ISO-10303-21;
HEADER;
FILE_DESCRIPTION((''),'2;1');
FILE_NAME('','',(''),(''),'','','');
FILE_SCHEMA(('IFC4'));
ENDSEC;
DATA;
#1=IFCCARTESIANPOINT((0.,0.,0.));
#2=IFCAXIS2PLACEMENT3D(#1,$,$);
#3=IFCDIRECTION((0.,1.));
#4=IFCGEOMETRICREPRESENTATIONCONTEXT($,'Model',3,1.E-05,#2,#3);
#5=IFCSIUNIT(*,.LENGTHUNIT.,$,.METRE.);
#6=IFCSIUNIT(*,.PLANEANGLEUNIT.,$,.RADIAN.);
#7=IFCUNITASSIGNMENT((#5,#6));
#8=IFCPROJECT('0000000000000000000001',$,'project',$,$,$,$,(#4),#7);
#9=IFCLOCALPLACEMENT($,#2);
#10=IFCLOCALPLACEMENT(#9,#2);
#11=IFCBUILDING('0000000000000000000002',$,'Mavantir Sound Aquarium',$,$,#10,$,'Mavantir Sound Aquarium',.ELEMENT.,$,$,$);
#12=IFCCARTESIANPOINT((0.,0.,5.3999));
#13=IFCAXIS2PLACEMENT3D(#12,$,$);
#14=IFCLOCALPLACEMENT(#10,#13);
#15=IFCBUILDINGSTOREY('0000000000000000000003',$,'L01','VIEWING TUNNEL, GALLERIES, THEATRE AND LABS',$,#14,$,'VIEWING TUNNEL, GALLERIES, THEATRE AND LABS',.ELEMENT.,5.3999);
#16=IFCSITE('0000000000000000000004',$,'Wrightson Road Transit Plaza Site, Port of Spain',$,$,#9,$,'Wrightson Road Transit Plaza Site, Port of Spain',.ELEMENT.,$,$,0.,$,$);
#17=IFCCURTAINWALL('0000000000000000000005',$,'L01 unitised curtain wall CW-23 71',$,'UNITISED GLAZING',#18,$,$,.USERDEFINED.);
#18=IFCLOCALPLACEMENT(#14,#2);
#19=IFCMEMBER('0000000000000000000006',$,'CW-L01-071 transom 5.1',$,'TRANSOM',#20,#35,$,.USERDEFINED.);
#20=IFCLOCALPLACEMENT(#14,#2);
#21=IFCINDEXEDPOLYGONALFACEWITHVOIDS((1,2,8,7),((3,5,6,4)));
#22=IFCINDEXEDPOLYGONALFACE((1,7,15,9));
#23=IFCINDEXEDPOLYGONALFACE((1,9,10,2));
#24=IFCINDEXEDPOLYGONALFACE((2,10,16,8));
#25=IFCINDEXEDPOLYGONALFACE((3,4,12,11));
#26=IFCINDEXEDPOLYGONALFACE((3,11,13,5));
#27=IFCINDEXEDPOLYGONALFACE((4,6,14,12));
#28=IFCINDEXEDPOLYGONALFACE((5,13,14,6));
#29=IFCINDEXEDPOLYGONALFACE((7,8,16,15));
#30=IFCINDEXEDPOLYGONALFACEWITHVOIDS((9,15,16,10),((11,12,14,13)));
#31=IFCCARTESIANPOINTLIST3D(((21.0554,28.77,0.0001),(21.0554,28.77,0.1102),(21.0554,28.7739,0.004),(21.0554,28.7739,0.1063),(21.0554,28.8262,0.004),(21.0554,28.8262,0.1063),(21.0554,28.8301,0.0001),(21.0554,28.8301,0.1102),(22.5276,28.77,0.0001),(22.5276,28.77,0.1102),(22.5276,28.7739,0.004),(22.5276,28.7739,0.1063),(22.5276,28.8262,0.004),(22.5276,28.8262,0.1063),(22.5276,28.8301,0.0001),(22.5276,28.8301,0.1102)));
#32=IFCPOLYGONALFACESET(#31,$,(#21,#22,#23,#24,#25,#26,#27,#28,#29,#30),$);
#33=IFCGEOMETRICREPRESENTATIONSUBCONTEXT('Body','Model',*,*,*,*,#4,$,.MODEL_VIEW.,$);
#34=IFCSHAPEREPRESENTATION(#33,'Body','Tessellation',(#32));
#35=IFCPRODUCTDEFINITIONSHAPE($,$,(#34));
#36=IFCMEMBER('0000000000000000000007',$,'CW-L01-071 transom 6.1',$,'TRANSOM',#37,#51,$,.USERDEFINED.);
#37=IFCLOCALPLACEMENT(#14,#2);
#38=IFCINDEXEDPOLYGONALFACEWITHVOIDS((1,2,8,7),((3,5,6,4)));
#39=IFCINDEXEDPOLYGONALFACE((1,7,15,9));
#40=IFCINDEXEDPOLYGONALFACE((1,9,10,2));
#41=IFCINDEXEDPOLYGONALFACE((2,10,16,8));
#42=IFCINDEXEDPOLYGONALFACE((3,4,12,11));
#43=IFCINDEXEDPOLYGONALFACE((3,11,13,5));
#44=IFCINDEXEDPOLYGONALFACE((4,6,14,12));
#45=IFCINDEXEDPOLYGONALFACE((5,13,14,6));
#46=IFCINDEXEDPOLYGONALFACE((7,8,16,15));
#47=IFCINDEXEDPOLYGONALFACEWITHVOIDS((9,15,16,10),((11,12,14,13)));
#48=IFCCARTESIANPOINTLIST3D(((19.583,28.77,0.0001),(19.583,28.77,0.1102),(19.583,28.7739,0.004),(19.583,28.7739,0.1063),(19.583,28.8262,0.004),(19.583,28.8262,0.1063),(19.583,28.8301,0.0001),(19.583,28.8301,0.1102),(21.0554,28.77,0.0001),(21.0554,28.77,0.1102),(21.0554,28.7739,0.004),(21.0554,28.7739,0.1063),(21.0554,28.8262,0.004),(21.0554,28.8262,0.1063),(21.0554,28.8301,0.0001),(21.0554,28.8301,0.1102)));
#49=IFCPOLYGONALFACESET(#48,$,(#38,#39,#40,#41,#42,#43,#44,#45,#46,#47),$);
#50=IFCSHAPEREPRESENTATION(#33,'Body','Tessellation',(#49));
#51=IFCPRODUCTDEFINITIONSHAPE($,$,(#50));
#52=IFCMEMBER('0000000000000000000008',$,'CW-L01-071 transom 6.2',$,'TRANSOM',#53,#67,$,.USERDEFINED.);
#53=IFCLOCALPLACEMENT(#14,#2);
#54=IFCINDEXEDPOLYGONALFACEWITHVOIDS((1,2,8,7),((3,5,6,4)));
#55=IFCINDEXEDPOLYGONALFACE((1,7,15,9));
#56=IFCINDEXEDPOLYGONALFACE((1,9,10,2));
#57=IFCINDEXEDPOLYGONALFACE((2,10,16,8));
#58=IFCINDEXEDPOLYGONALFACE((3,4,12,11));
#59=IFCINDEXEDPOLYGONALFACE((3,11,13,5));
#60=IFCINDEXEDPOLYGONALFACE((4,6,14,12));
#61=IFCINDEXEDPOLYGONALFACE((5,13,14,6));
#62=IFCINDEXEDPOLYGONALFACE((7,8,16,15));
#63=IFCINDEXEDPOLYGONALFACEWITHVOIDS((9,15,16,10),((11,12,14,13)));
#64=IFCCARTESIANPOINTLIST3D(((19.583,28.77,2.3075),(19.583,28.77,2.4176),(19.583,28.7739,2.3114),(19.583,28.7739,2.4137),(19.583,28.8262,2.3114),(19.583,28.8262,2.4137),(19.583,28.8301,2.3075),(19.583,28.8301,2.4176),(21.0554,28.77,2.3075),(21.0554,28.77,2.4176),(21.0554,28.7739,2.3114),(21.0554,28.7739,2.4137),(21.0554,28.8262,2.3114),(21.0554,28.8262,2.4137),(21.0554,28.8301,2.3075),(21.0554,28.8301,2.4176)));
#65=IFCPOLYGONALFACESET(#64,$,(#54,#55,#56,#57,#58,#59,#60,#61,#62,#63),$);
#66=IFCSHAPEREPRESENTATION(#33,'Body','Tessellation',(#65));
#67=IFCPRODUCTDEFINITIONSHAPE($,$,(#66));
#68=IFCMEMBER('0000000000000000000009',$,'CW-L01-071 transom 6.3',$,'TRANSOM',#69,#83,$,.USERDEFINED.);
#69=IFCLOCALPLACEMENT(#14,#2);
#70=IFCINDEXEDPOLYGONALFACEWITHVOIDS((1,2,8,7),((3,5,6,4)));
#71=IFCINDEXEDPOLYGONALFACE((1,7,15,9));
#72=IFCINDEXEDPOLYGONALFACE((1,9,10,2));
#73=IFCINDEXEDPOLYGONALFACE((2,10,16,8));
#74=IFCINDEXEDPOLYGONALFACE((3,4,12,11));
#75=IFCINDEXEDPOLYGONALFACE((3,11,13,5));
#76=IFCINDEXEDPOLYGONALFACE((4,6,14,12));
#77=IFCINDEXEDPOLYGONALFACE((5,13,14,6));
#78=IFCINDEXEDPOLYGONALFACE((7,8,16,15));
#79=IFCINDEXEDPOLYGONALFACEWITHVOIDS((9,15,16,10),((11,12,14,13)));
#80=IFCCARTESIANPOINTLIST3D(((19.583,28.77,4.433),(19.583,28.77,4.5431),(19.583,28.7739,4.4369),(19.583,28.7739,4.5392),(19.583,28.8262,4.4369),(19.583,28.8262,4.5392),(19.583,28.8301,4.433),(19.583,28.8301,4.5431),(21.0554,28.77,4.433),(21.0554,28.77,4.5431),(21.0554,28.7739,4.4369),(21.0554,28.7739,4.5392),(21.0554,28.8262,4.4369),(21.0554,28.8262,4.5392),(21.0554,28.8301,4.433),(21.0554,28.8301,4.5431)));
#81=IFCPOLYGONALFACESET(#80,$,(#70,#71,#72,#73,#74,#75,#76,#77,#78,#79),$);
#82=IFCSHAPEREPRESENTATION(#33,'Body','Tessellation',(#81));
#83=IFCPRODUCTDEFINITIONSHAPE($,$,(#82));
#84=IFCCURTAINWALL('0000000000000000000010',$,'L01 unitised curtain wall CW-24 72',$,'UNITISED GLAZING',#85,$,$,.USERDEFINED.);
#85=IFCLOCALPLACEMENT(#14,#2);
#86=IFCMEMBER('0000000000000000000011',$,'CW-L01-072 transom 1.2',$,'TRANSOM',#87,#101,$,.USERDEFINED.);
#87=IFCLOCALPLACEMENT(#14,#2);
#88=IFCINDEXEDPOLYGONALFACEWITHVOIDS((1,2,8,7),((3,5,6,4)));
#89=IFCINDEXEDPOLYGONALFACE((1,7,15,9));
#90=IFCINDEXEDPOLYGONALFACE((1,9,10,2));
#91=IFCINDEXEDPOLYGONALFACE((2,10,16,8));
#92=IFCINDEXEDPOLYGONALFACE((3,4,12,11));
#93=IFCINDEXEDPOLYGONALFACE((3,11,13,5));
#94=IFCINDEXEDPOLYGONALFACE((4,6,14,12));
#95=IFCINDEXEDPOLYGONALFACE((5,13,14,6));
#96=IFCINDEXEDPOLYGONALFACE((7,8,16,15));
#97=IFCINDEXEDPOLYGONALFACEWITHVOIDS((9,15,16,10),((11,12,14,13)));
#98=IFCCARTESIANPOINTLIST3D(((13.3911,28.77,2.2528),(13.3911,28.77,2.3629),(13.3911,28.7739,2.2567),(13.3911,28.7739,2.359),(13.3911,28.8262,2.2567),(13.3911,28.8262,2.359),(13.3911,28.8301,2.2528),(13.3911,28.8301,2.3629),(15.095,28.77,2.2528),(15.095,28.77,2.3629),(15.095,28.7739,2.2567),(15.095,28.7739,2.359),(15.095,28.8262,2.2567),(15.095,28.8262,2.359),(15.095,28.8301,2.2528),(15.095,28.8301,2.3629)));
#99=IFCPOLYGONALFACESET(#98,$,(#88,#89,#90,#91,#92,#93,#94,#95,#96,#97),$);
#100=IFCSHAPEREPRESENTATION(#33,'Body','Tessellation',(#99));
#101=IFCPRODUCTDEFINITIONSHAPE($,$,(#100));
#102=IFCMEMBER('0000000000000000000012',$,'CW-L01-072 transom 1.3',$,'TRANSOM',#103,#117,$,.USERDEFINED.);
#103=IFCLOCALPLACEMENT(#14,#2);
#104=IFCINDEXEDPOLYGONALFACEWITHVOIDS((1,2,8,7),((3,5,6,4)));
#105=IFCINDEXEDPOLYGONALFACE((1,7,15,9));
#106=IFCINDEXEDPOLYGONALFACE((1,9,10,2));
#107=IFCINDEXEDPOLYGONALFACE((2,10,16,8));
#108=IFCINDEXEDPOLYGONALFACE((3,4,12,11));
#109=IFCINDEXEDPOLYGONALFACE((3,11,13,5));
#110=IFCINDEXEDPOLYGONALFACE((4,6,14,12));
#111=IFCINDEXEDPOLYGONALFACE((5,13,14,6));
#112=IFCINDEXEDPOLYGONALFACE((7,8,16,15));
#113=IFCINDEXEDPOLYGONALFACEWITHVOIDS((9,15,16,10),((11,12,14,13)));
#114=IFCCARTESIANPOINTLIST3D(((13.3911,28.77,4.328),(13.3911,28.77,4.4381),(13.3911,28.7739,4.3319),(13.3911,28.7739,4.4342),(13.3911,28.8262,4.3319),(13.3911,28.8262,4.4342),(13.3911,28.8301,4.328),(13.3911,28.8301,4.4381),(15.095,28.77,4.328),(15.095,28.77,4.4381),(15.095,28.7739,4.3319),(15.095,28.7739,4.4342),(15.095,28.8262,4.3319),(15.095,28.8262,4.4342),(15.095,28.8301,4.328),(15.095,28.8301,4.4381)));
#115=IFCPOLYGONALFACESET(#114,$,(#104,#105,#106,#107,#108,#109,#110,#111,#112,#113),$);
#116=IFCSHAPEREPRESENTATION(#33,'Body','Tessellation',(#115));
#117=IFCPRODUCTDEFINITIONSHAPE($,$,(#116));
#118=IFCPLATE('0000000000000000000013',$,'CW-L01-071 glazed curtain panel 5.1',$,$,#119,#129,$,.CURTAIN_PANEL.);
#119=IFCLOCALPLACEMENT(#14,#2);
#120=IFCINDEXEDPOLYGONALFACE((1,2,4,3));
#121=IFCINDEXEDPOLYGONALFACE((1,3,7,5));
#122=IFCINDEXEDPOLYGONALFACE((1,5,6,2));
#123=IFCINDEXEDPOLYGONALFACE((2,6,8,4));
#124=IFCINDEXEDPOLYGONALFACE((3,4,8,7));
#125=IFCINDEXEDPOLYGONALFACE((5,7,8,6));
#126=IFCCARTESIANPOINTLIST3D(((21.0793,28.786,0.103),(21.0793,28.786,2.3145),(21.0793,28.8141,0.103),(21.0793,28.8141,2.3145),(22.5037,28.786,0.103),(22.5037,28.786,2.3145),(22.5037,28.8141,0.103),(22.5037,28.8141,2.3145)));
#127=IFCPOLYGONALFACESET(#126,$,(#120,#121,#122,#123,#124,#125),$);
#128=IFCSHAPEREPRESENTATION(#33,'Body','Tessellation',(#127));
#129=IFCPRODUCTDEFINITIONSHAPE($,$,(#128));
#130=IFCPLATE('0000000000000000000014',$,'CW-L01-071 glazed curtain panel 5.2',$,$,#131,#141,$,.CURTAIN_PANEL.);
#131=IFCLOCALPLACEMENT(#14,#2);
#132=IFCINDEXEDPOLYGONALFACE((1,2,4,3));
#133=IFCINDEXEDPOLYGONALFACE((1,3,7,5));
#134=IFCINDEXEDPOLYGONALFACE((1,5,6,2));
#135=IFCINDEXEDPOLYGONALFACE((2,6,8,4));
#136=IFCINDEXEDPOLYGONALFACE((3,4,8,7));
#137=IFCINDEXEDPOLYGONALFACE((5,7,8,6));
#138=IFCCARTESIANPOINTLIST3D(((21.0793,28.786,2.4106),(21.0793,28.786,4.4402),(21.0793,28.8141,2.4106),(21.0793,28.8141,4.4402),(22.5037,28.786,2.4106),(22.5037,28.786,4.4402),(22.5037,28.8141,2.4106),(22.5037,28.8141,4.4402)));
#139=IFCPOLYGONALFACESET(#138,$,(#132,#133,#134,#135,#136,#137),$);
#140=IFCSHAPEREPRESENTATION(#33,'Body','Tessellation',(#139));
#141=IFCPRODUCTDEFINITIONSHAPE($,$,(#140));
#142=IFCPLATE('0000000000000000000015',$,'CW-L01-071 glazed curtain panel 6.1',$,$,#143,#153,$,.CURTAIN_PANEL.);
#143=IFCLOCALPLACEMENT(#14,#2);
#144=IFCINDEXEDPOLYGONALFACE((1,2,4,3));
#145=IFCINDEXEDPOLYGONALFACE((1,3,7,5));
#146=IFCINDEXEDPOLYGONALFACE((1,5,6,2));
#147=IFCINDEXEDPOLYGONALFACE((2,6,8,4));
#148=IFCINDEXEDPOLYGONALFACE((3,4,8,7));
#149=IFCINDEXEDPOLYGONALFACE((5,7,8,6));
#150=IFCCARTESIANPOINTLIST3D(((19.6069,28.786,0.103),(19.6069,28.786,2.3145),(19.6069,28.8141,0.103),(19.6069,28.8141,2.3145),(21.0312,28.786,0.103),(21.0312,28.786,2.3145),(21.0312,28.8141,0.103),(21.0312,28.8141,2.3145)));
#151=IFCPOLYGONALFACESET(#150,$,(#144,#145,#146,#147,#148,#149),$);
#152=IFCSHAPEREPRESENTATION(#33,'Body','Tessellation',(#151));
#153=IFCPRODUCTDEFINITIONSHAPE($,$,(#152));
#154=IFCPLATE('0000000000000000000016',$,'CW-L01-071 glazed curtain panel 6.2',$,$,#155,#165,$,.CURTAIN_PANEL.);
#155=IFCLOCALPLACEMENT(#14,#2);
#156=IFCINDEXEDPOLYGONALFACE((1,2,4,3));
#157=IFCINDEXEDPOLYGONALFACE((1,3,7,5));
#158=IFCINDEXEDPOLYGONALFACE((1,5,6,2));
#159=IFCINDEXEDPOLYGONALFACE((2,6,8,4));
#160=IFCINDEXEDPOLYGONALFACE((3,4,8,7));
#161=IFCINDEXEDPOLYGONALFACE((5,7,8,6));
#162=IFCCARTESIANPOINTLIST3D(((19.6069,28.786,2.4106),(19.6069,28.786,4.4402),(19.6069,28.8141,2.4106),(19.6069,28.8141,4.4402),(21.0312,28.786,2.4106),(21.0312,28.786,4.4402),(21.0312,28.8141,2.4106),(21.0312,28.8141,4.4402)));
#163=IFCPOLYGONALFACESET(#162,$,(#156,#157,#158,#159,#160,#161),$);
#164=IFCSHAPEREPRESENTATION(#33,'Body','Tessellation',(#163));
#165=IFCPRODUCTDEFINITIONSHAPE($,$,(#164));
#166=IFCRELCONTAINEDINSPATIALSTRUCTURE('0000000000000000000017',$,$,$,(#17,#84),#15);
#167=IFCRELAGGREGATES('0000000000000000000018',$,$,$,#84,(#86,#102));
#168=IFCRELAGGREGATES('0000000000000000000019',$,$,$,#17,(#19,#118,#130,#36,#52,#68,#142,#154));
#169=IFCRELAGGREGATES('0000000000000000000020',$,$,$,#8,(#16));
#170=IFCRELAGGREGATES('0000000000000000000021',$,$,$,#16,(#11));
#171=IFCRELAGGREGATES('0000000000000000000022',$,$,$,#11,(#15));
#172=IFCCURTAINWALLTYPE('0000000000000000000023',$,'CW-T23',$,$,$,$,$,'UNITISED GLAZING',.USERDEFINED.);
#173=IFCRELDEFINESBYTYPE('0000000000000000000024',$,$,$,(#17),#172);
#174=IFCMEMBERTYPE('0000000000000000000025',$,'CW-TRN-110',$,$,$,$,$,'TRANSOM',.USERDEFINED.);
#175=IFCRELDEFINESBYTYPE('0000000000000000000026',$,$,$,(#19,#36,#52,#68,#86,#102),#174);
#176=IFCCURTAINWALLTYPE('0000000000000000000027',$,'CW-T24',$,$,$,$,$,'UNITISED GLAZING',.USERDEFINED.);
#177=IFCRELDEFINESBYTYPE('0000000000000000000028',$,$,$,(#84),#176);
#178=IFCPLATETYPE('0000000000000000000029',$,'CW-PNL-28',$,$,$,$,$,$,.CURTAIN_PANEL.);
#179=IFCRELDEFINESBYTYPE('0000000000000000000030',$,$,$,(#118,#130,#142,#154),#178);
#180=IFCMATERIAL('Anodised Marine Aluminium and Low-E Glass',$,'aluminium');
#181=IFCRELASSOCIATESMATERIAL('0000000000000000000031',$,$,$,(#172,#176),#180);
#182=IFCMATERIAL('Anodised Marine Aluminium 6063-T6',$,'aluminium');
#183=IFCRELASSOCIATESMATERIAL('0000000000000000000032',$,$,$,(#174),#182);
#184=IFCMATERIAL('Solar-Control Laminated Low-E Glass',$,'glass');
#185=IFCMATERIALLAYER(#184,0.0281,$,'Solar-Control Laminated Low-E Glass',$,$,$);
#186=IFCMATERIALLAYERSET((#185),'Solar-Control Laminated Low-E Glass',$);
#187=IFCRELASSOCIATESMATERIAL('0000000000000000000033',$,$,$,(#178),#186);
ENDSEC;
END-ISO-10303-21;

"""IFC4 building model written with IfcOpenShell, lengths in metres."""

from ifc_helpers import new_model, si_unit, direction, frame, origin, origin_2d, place, context, subcontext, project, spatial, rectangle, hollow_rectangle, extrude, material, layer, layer_set, material_profile, profile_set, type_object, element, aggregate, save


model = new_model("IFC4")

# Units and contexts
model_context = context("Model", 3, precision=1e-05, world=origin(), true_north=direction((0.0, 1.0)))
body_context = subcontext(model_context, "Body", "Model", "MODEL_VIEW")
ifc_project = project(units=[si_unit("LENGTHUNIT", "METRE"), si_unit("PLANEANGLEUNIT", "RADIAN")], contexts=[model_context])

# Site, building, storey
site_placement = place(None, origin())
site = spatial("IfcSite", under=ifc_project, at=site_placement, Name="Wrightson Road Transit Plaza Site, Port of Spain", LongName="Wrightson Road Transit Plaza Site, Port of Spain", CompositionType="ELEMENT", RefElevation=0.0)
building_placement = place(site_placement, origin())
building = spatial("IfcBuilding", under=site, at=building_placement, Name="Mavantir Sound Aquarium", LongName="Mavantir Sound Aquarium", CompositionType="ELEMENT")
storey_placement = place(building_placement, frame((0.0, 0.0, 5.3999)))
storey = spatial("IfcBuildingStorey", under=building, at=storey_placement, Name="L01", Description="VIEWING TUNNEL, GALLERIES, THEATRE AND LABS", LongName="VIEWING TUNNEL, GALLERIES, THEATRE AND LABS", CompositionType="ELEMENT", Elevation=5.3999)

# Curtain walls, members
ifc_material_1 = material(Name="Anodised Marine Aluminium and Low-E Glass", Category="aluminium")
curtain_wall_type_1 = type_object("IfcCurtainWallType", Name="CW-T23", ElementType="UNITISED GLAZING", PredefinedType="USERDEFINED", material=ifc_material_1)
curtain_wall_1_placement = place(storey_placement, origin())
curtain_wall_1 = element("IfcCurtainWall", 1, at=curtain_wall_1_placement, inside=storey, type_object=curtain_wall_type_1, Name="L01 unitised curtain wall CW-23 71", ObjectType="UNITISED GLAZING", PredefinedType="USERDEFINED")
ifc_material_2 = material(Name="Anodised Marine Aluminium 6063-T6", Category="aluminium")
ifc_material_profile_1 = material_profile(ifc_material_2, hollow_rectangle(XDim=0.0601, YDim=0.1101, WallThickness=0.0039, at=origin_2d()), Name="ALU-TRANSOM-110X60")
ifc_profile_set_1 = profile_set([ifc_material_profile_1], Name="Anodised Marine Aluminium 6063-T6")
member_type_1 = type_object("IfcMemberType", Name="CW-TRN-110", ElementType="TRANSOM", PredefinedType="USERDEFINED", material=ifc_profile_set_1)
member_1_placement = place(storey_placement, frame((22.5276, 28.8, 0.0552), z_axis=(-1.0, 0.0, 0.0), x_axis=(0.0, -1.0, 0.0)))
member_1 = element("IfcMember", 2, at=member_1_placement, type_object=member_type_1, Name="CW-L01-071 transom 5.1", ObjectType="TRANSOM", PredefinedType="USERDEFINED", context=body_context, shape_type="SweptSolid", body=[
    extrude(hollow_rectangle(XDim=0.0601, YDim=0.1101, WallThickness=0.0039, at=origin_2d()), origin(), (0.0, 0.0, 1.0), 1.4722),
])
member_2_placement = place(storey_placement, frame((21.0554, 28.8, 0.0552), z_axis=(-1.0, 0.0, 0.0), x_axis=(0.0, -1.0, 0.0)))
member_2 = element("IfcMember", 3, at=member_2_placement, type_object=member_type_1, Name="CW-L01-071 transom 6.1", ObjectType="TRANSOM", PredefinedType="USERDEFINED", context=body_context, shape_type="SweptSolid", body=[
    extrude(hollow_rectangle(XDim=0.0601, YDim=0.1101, WallThickness=0.0039, at=origin_2d()), origin(), (0.0, 0.0, 1.0), 1.4724),
])
member_3_placement = place(storey_placement, frame((21.0554, 28.8, 2.3625), z_axis=(-1.0, 0.0, 0.0), x_axis=(0.0, -1.0, 0.0)))
member_3 = element("IfcMember", 4, at=member_3_placement, type_object=member_type_1, Name="CW-L01-071 transom 6.2", ObjectType="TRANSOM", PredefinedType="USERDEFINED", context=body_context, shape_type="SweptSolid", body=[
    extrude(hollow_rectangle(XDim=0.0601, YDim=0.1101, WallThickness=0.0039, at=origin_2d()), origin(), (0.0, 0.0, 1.0), 1.4724),
])
member_4_placement = place(storey_placement, frame((21.0554, 28.8, 4.488), z_axis=(-1.0, 0.0, 0.0), x_axis=(0.0, -1.0, 0.0)))
member_4 = element("IfcMember", 5, at=member_4_placement, type_object=member_type_1, Name="CW-L01-071 transom 6.3", ObjectType="TRANSOM", PredefinedType="USERDEFINED", context=body_context, shape_type="SweptSolid", body=[
    extrude(hollow_rectangle(XDim=0.0601, YDim=0.1101, WallThickness=0.0039, at=origin_2d()), origin(), (0.0, 0.0, 1.0), 1.4724),
])
curtain_wall_type_2 = type_object("IfcCurtainWallType", Name="CW-T24", ElementType="UNITISED GLAZING", PredefinedType="USERDEFINED", material=ifc_material_1)
curtain_wall_2_placement = place(storey_placement, origin())
curtain_wall_2 = element("IfcCurtainWall", 6, at=curtain_wall_2_placement, inside=storey, type_object=curtain_wall_type_2, Name="L01 unitised curtain wall CW-24 72", ObjectType="UNITISED GLAZING", PredefinedType="USERDEFINED")
member_5_placement = place(storey_placement, frame((15.095, 28.8, 2.3079), z_axis=(-1.0, 0.0, 0.0), x_axis=(0.0, -1.0, 0.0)))
member_5 = element("IfcMember", 7, at=member_5_placement, type_object=member_type_1, Name="CW-L01-072 transom 1.2", ObjectType="TRANSOM", PredefinedType="USERDEFINED", context=body_context, shape_type="SweptSolid", body=[
    extrude(hollow_rectangle(XDim=0.0601, YDim=0.1101, WallThickness=0.0039, at=origin_2d()), origin(), (0.0, 0.0, 1.0), 1.7039),
])
member_6_placement = place(storey_placement, frame((15.095, 28.8, 4.3831), z_axis=(-1.0, 0.0, 0.0), x_axis=(0.0, -1.0, 0.0)))
member_6 = element("IfcMember", 8, at=member_6_placement, type_object=member_type_1, Name="CW-L01-072 transom 1.3", ObjectType="TRANSOM", PredefinedType="USERDEFINED", context=body_context, shape_type="SweptSolid", body=[
    extrude(hollow_rectangle(XDim=0.0601, YDim=0.1101, WallThickness=0.0039, at=origin_2d()), origin(), (0.0, 0.0, 1.0), 1.7039),
])
aggregate(curtain_wall_2, [member_5, member_6])

# Plates
ifc_material_3 = material(Name="Solar-Control Laminated Low-E Glass", Category="glass")
ifc_layer_1 = layer(ifc_material_3, 0.0281, Name="Solar-Control Laminated Low-E Glass")
ifc_layer_set_1 = layer_set([ifc_layer_1], Name="Solar-Control Laminated Low-E Glass")
plate_type = type_object("IfcPlateType", Name="CW-PNL-28", PredefinedType="CURTAIN_PANEL", material=ifc_layer_set_1)
plate_1_placement = place(storey_placement, frame((21.7915, 28.8, 0.103), z_axis=(0.0, 0.0, 1.0), x_axis=(-1.0, 0.0, 0.0)))
plate_1 = element("IfcPlate", 9, at=plate_1_placement, type_object=plate_type, Name="CW-L01-071 glazed curtain panel 5.1", PredefinedType="CURTAIN_PANEL", context=body_context, shape_type="SweptSolid", body=[
    extrude(rectangle(XDim=1.4243, YDim=0.0281, at=origin_2d()), origin(), (0.0, 0.0, 1.0), 2.2114),
])
plate_2_placement = place(storey_placement, frame((21.7915, 28.8, 2.4106), z_axis=(0.0, 0.0, 1.0), x_axis=(-1.0, 0.0, 0.0)))
plate_2 = element("IfcPlate", 10, at=plate_2_placement, type_object=plate_type, Name="CW-L01-071 glazed curtain panel 5.2", PredefinedType="CURTAIN_PANEL", context=body_context, shape_type="SweptSolid", body=[
    extrude(rectangle(XDim=1.4243, YDim=0.0281, at=origin_2d()), origin(), (0.0, 0.0, 1.0), 2.0295),
])
plate_3_placement = place(storey_placement, frame((20.3191, 28.8, 0.103), z_axis=(0.0, 0.0, 1.0), x_axis=(-1.0, 0.0, 0.0)))
plate_3 = element("IfcPlate", 11, at=plate_3_placement, type_object=plate_type, Name="CW-L01-071 glazed curtain panel 6.1", PredefinedType="CURTAIN_PANEL", context=body_context, shape_type="SweptSolid", body=[
    extrude(rectangle(XDim=1.4243, YDim=0.0281, at=origin_2d()), origin(), (0.0, 0.0, 1.0), 2.2114),
])
plate_4_placement = place(storey_placement, frame((20.3191, 28.8, 2.4106), z_axis=(0.0, 0.0, 1.0), x_axis=(-1.0, 0.0, 0.0)))
plate_4 = element("IfcPlate", 12, at=plate_4_placement, type_object=plate_type, Name="CW-L01-071 glazed curtain panel 6.2", PredefinedType="CURTAIN_PANEL", context=body_context, shape_type="SweptSolid", body=[
    extrude(rectangle(XDim=1.4243, YDim=0.0281, at=origin_2d()), origin(), (0.0, 0.0, 1.0), 2.0295),
])
aggregate(curtain_wall_1, [member_1, plate_1, plate_2, member_2, member_3, member_4, plate_3, plate_4])

save(model, "model.ifc")
